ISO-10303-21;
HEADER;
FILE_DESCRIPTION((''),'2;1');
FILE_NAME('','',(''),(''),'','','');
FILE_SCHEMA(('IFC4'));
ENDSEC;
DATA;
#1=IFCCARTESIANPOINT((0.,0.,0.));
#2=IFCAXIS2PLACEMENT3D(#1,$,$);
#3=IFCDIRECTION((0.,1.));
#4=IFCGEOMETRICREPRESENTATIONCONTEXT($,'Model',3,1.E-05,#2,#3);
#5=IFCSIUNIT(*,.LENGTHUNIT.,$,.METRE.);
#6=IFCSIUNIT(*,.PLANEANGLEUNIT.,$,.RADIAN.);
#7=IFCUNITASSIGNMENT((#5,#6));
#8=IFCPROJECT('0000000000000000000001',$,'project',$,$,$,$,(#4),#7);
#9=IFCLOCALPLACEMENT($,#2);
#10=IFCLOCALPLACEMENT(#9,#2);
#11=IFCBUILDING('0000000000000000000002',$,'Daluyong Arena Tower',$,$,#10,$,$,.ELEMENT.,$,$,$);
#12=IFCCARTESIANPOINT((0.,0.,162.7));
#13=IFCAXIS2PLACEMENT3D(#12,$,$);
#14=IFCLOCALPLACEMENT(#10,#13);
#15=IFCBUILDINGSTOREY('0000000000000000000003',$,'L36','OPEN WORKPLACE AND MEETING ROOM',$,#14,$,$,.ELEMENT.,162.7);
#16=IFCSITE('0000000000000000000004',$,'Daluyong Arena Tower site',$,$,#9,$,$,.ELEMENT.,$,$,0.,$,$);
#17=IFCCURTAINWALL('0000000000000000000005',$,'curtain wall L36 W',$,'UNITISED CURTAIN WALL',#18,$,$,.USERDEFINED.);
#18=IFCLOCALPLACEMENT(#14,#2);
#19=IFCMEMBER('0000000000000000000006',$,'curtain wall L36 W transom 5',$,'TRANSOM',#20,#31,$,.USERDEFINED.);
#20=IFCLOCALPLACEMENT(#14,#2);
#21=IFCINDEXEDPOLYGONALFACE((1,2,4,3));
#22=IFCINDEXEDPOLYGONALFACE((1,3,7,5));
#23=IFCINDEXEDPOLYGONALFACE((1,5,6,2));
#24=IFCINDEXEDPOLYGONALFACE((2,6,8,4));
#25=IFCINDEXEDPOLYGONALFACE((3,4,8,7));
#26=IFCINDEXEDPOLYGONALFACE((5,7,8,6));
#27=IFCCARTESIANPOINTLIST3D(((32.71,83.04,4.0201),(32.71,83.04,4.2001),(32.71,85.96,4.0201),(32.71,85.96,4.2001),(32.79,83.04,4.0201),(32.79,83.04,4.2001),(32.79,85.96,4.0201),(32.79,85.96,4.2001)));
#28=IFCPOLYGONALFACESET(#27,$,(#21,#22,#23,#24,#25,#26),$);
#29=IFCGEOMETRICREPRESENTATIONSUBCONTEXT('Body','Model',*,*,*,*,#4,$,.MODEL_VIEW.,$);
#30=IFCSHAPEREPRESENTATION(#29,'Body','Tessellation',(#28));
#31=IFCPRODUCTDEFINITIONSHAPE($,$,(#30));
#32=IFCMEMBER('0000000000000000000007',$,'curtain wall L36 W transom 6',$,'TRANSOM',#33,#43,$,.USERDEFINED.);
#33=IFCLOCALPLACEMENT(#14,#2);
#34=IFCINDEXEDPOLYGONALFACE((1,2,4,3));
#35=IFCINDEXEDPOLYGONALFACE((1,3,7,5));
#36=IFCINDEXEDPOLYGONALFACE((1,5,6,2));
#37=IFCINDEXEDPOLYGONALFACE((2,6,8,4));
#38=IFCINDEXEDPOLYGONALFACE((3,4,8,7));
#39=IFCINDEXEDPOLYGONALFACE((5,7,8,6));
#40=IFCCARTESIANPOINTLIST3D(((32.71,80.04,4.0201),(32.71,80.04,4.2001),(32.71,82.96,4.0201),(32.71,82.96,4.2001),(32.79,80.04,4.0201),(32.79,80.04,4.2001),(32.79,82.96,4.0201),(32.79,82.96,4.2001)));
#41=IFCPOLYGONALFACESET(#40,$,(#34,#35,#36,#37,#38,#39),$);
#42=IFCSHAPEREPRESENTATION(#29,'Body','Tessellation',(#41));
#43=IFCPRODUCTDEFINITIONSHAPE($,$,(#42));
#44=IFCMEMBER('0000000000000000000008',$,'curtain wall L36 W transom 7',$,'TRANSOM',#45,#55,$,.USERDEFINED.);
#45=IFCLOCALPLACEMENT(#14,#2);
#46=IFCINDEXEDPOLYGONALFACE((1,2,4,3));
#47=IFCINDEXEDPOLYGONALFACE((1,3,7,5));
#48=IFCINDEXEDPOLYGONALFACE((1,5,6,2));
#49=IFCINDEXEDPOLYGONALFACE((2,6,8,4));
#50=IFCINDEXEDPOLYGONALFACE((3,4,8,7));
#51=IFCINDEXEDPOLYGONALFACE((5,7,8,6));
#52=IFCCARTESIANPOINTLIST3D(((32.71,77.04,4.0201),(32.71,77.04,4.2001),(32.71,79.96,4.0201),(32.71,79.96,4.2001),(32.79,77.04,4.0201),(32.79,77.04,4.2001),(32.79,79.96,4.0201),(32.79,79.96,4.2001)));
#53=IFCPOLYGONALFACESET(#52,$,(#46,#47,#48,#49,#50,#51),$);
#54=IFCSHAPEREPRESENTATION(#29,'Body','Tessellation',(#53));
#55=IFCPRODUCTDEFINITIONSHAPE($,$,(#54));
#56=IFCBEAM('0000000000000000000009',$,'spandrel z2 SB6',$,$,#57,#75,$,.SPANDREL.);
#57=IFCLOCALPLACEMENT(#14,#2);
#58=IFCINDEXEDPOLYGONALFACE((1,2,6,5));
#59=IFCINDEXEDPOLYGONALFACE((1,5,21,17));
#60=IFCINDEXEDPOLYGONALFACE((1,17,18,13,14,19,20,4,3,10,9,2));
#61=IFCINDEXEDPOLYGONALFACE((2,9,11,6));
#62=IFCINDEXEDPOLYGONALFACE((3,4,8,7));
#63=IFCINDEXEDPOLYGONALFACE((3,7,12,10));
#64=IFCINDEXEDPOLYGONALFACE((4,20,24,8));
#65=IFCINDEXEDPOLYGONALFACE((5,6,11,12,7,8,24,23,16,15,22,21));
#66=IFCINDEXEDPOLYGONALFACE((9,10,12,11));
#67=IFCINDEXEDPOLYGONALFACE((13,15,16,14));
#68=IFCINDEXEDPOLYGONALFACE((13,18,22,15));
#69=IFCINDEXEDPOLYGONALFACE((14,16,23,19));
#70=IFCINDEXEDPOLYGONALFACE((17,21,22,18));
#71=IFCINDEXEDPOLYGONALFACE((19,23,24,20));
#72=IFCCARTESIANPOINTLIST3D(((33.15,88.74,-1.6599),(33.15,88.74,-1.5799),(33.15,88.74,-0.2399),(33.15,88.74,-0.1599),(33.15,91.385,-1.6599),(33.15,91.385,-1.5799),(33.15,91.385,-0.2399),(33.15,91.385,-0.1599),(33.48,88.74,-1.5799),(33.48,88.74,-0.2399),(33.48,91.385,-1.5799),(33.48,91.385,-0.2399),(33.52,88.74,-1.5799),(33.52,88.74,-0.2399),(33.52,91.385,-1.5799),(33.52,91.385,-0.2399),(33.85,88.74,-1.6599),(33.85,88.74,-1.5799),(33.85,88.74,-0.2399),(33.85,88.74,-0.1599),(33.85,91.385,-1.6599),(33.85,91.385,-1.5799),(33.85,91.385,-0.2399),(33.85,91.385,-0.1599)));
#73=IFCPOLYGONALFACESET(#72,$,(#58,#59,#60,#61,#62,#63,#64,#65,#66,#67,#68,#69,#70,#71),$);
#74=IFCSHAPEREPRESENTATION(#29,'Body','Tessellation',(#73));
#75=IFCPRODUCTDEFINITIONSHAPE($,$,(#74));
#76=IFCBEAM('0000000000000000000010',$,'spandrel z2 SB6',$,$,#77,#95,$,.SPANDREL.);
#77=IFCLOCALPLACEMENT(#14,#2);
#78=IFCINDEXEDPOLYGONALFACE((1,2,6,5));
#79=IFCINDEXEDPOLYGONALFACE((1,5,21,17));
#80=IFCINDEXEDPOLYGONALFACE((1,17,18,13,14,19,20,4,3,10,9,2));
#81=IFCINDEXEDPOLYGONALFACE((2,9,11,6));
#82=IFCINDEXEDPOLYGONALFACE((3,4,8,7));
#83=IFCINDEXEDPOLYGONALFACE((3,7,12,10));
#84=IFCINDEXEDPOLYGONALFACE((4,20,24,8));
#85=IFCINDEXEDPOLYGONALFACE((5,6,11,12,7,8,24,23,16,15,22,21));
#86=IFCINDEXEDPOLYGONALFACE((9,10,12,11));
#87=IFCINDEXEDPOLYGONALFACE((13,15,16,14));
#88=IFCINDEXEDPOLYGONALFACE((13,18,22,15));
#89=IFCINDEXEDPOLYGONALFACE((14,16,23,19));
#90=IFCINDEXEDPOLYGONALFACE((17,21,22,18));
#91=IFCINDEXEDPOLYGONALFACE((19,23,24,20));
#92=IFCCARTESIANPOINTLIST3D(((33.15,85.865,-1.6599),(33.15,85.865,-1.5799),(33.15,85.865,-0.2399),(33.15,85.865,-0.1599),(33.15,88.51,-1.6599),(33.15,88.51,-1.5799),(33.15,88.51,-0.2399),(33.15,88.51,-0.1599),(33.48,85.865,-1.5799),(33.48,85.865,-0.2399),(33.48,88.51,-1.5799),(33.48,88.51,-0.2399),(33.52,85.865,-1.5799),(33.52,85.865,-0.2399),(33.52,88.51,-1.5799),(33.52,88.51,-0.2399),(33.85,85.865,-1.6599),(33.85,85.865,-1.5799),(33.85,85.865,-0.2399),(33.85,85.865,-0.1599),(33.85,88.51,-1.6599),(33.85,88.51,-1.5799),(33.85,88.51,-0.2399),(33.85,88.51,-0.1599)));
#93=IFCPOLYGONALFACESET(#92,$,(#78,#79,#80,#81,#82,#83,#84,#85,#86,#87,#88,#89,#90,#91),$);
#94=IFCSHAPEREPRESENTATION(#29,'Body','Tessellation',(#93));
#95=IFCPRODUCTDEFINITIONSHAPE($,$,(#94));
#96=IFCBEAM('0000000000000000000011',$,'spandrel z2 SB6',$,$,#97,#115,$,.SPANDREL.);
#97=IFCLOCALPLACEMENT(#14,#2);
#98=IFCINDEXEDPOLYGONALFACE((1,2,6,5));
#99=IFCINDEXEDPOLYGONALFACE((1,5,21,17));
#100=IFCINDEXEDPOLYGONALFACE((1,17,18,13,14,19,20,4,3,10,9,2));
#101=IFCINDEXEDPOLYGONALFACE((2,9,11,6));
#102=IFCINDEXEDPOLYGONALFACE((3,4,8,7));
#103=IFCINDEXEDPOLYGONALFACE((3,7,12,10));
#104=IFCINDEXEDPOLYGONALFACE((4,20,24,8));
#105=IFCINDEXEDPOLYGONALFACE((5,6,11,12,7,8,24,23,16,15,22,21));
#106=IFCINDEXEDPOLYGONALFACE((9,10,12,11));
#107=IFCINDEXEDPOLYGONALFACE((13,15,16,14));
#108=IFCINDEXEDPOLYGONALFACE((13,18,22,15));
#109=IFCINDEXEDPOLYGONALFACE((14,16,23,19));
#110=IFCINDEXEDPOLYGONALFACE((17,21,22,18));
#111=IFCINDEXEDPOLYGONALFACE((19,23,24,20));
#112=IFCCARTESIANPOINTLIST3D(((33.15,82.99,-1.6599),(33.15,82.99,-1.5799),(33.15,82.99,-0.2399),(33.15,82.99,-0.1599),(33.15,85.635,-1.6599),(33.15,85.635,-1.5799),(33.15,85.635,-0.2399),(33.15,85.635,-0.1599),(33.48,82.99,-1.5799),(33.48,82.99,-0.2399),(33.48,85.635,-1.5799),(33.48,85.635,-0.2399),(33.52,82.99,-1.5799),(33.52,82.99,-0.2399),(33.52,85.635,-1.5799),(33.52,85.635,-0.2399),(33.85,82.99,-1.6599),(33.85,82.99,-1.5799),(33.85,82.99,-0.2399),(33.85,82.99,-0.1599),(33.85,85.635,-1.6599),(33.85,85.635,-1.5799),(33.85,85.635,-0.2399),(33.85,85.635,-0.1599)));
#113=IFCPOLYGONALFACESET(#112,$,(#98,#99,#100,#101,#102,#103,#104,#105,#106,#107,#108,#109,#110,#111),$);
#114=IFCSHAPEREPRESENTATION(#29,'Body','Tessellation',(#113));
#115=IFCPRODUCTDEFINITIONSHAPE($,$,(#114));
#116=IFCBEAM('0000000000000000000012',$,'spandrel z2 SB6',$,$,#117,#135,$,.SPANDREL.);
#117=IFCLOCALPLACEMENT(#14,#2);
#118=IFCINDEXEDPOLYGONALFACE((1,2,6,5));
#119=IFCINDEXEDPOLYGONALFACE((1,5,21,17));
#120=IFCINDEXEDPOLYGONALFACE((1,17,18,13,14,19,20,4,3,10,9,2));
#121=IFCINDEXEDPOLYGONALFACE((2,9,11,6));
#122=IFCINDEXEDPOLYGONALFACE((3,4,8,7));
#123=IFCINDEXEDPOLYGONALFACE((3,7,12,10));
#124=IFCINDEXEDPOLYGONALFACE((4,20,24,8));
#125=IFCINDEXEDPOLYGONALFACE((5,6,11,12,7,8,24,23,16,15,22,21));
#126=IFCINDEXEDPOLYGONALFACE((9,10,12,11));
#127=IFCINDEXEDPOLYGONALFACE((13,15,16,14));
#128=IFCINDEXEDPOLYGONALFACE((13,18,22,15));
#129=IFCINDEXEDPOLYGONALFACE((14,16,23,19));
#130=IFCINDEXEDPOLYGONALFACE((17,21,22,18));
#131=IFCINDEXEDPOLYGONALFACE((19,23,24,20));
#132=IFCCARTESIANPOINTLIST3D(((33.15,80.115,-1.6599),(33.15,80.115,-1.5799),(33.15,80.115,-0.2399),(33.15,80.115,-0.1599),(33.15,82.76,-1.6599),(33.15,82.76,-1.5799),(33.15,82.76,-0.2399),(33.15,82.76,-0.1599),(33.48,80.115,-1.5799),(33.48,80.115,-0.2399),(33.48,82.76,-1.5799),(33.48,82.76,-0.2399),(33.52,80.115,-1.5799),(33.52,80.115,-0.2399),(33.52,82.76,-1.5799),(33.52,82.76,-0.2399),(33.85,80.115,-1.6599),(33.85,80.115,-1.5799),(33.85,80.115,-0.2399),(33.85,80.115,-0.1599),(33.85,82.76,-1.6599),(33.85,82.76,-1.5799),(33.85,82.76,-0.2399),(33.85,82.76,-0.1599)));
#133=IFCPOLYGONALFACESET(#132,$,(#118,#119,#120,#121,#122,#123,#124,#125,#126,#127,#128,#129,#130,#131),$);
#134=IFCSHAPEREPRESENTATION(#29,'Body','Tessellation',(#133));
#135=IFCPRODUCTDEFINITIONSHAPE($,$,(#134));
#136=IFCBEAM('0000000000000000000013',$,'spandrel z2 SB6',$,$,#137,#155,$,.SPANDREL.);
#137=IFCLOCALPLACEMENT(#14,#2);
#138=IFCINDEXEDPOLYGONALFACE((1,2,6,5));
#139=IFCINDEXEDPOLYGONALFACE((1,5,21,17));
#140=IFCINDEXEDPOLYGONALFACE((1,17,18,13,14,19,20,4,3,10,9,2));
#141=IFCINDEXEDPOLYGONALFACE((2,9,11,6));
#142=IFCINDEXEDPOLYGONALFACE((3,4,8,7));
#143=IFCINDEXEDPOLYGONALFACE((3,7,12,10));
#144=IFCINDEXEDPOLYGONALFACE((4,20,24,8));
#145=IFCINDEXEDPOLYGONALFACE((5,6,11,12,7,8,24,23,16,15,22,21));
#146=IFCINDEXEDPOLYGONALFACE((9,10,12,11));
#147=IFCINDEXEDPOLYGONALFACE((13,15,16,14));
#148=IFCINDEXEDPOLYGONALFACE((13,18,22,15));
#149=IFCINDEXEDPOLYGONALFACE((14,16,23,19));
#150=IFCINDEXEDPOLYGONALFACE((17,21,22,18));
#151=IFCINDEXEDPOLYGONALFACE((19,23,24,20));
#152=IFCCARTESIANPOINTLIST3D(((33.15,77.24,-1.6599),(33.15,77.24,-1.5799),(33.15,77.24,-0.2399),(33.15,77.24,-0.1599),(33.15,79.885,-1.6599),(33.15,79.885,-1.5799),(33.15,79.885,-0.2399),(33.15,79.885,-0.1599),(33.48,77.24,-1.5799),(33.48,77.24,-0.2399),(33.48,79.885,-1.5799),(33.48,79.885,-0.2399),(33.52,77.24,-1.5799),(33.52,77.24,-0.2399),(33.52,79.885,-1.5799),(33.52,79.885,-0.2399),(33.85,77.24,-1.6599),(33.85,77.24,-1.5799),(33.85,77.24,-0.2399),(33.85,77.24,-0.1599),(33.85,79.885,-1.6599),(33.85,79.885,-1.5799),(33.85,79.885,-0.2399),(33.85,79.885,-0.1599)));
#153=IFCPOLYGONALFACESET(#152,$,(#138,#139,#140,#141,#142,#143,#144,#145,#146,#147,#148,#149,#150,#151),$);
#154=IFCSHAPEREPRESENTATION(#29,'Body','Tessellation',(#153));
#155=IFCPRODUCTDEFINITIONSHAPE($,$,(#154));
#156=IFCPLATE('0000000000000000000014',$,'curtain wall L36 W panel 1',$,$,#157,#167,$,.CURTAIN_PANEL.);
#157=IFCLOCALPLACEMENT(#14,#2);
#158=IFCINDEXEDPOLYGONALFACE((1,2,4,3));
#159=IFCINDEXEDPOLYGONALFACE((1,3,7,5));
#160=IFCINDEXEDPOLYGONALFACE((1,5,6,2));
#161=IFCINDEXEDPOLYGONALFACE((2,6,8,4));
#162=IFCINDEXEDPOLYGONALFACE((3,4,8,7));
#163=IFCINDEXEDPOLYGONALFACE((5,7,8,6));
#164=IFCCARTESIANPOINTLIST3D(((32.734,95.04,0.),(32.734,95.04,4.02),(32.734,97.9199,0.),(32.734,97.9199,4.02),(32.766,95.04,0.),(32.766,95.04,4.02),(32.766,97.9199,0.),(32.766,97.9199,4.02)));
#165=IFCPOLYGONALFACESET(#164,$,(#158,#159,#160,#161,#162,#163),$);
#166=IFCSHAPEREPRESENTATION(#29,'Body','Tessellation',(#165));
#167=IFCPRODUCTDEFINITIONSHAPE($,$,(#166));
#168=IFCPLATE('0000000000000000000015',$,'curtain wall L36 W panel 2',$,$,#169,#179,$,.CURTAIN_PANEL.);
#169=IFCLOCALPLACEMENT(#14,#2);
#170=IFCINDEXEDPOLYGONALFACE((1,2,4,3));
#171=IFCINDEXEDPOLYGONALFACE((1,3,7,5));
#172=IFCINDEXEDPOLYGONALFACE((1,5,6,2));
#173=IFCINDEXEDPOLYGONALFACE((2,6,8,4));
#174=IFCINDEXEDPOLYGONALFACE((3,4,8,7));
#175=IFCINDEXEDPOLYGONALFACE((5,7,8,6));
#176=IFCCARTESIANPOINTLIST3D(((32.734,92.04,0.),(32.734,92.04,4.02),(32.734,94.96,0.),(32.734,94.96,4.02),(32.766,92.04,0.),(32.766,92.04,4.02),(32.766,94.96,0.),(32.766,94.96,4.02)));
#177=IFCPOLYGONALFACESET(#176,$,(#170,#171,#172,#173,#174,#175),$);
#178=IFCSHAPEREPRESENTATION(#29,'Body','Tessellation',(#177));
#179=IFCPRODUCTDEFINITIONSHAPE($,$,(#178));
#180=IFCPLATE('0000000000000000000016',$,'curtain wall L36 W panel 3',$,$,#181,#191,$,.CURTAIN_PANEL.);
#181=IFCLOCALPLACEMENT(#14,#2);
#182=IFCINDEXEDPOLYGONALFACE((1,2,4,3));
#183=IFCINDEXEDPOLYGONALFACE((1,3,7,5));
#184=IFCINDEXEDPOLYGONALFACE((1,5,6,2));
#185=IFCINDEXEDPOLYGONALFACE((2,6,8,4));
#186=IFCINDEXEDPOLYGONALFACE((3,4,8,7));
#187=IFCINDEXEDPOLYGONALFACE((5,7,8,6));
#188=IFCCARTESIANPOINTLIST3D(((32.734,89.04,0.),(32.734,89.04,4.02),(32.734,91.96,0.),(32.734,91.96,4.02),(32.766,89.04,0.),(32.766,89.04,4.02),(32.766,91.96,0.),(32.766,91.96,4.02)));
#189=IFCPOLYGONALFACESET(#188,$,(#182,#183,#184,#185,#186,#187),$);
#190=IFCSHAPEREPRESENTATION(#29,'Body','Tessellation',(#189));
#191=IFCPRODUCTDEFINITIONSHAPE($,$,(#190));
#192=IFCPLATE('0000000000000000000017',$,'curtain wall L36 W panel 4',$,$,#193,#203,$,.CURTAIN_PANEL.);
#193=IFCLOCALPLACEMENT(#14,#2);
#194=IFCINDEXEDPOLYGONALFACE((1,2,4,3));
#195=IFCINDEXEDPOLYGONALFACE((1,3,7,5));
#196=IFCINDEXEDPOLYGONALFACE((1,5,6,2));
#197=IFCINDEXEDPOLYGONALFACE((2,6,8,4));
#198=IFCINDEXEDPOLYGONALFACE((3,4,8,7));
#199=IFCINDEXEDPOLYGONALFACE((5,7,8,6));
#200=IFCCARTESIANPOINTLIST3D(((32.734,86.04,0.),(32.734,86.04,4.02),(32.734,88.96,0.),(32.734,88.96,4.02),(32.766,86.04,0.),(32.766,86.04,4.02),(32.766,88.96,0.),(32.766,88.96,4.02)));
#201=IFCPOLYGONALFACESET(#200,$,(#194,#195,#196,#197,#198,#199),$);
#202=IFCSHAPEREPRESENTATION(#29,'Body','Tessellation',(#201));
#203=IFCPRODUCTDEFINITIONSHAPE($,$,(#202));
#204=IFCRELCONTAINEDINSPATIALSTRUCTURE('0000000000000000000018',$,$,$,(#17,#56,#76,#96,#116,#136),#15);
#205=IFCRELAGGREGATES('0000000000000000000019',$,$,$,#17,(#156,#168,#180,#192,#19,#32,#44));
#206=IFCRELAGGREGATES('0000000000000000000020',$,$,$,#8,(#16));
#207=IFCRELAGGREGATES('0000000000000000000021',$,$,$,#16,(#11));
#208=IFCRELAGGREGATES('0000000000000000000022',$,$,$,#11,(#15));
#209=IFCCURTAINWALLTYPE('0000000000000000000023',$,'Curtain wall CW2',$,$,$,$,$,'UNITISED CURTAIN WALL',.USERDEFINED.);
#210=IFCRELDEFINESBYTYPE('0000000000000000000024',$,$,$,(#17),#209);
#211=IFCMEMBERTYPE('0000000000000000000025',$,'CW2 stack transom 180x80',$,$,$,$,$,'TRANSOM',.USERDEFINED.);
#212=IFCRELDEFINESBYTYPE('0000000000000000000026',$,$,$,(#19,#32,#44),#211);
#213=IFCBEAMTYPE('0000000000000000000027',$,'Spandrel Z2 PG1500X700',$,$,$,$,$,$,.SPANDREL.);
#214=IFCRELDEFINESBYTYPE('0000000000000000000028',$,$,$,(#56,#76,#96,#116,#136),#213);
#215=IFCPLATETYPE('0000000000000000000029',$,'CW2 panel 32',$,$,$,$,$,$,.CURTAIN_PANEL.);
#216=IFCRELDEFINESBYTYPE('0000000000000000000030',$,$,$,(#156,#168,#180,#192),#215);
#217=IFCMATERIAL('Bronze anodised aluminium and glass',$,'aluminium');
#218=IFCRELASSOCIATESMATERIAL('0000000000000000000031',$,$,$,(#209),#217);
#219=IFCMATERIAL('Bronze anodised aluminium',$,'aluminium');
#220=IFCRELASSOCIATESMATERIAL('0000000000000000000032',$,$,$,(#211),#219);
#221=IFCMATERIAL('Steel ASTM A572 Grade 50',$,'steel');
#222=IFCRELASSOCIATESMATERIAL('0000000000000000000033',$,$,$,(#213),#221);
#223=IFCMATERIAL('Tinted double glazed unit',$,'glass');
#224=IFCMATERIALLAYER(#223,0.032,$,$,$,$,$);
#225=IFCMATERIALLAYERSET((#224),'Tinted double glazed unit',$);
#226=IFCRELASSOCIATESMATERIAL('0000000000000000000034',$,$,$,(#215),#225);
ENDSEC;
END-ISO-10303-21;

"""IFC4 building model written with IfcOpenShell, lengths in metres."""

from ifc_helpers import new_model, si_unit, direction, frame, origin, origin_2d, place, context, subcontext, project, spatial, rectangle, i_section, extrude, material, layer, layer_set, material_profile, profile_set, type_object, element, aggregate, save


model = new_model("IFC4")

# Units and contexts
model_context = context("Model", 3, precision=1e-05, world=origin(), true_north=direction((0.0, 1.0)))
body_context = subcontext(model_context, "Body", "Model", "MODEL_VIEW")
ifc_project = project(units=[si_unit("LENGTHUNIT", "METRE"), si_unit("PLANEANGLEUNIT", "RADIAN")], contexts=[model_context])

# Site, building, storey
site_placement = place(None, origin())
site = spatial("IfcSite", under=ifc_project, at=site_placement, Name="Daluyong Arena Tower site", CompositionType="ELEMENT", RefElevation=0.0)
building_placement = place(site_placement, origin())
building = spatial("IfcBuilding", under=site, at=building_placement, Name="Daluyong Arena Tower", CompositionType="ELEMENT")
storey_placement = place(building_placement, frame((0.0, 0.0, 162.7)))
storey = spatial("IfcBuildingStorey", under=building, at=storey_placement, Name="L36", Description="OPEN WORKPLACE AND MEETING ROOM", CompositionType="ELEMENT", Elevation=162.7)

# Curtain wall, members
ifc_material_1 = material(Name="Bronze anodised aluminium and glass", Category="aluminium")
curtain_wall_type = type_object("IfcCurtainWallType", Name="Curtain wall CW2", ElementType="UNITISED CURTAIN WALL", PredefinedType="USERDEFINED", material=ifc_material_1)
curtain_wall_placement = place(storey_placement, origin())
curtain_wall = element("IfcCurtainWall", 1, at=curtain_wall_placement, inside=storey, type_object=curtain_wall_type, Name="curtain wall L36 W", ObjectType="UNITISED CURTAIN WALL", PredefinedType="USERDEFINED")
ifc_material_2 = material(Name="Bronze anodised aluminium", Category="aluminium")
ifc_material_profile_1 = material_profile(ifc_material_2, rectangle(XDim=0.0801, YDim=0.1799, at=origin_2d()))
ifc_profile_set_1 = profile_set([ifc_material_profile_1], Name="Bronze anodised aluminium")
member_type_1 = type_object("IfcMemberType", Name="CW2 stack transom 180x80", ElementType="TRANSOM", PredefinedType="USERDEFINED", material=ifc_profile_set_1)
member_1_placement = place(storey_placement, frame((32.75, 85.96, 4.1101), z_axis=(0.0, -1.0, 0.0), x_axis=(1.0, 0.0, 0.0)))
member_1 = element("IfcMember", 2, at=member_1_placement, type_object=member_type_1, Name="curtain wall L36 W transom 5", ObjectType="TRANSOM", PredefinedType="USERDEFINED", context=body_context, shape_type="SweptSolid", body=[
    extrude(rectangle(XDim=0.0801, YDim=0.1799, at=origin_2d()), origin(), (0.0, 0.0, 1.0), 2.9199),
])
member_2_placement = place(storey_placement, frame((32.75, 82.96, 4.1101), z_axis=(0.0, -1.0, 0.0), x_axis=(1.0, 0.0, 0.0)))
member_2 = element("IfcMember", 3, at=member_2_placement, type_object=member_type_1, Name="curtain wall L36 W transom 6", ObjectType="TRANSOM", PredefinedType="USERDEFINED", context=body_context, shape_type="SweptSolid", body=[
    extrude(rectangle(XDim=0.0801, YDim=0.1799, at=origin_2d()), origin(), (0.0, 0.0, 1.0), 2.9199),
])
member_3_placement = place(storey_placement, frame((32.75, 79.96, 4.1101), z_axis=(0.0, -1.0, 0.0), x_axis=(1.0, 0.0, 0.0)))
member_3 = element("IfcMember", 4, at=member_3_placement, type_object=member_type_1, Name="curtain wall L36 W transom 7", ObjectType="TRANSOM", PredefinedType="USERDEFINED", context=body_context, shape_type="SweptSolid", body=[
    extrude(rectangle(XDim=0.0801, YDim=0.1799, at=origin_2d()), origin(), (0.0, 0.0, 1.0), 2.9199),
])

# Beams
ifc_material_3 = material(Name="Steel ASTM A572 Grade 50", Category="steel")
ifc_material_profile_2 = material_profile(ifc_material_3, i_section(OverallWidth=0.7, OverallDepth=1.5, WebThickness=0.04, FlangeThickness=0.08, at=origin_2d()))
ifc_profile_set_2 = profile_set([ifc_material_profile_2], Name="Steel ASTM A572 Grade 50")
beam_type = type_object("IfcBeamType", Name="Spandrel Z2 PG1500X700", PredefinedType="SPANDREL", material=ifc_profile_set_2)
for number, where, z_axis, x_axis, name in (
    (5, (33.5, 91.385, -0.9099), (0.0, -1.0, 0.0), (1.0, 0.0, 0.0), "spandrel z2 SB6"),
    (6, (33.5, 88.51, -0.9099), (0.0, -1.0, 0.0), (1.0, 0.0, 0.0), "spandrel z2 SB6"),
    (7, (33.5, 85.635, -0.9099), (0.0, -1.0, 0.0), (1.0, 0.0, 0.0), "spandrel z2 SB6"),
    (8, (33.5, 82.76, -0.9099), (0.0, -1.0, 0.0), (1.0, 0.0, 0.0), "spandrel z2 SB6"),
    (9, (33.5, 79.885, -0.9099), (0.0, -1.0, 0.0), (1.0, 0.0, 0.0), "spandrel z2 SB6"),
):
    element("IfcBeam", number, at=place(storey_placement, frame(where, z_axis=z_axis, x_axis=x_axis)), inside=storey, type_object=beam_type, Name=name, PredefinedType="SPANDREL", context=body_context, shape_type="SweptSolid", body=[
        extrude(i_section(OverallWidth=0.7, OverallDepth=1.5, WebThickness=0.04, FlangeThickness=0.08, at=origin_2d()), origin(), (0.0, 0.0, 1.0), 2.645),
    ])

# Plates
ifc_material_4 = material(Name="Tinted double glazed unit", Category="glass")
ifc_layer = layer(ifc_material_4, 0.032)
ifc_layer_set = layer_set([ifc_layer], Name="Tinted double glazed unit")
plate_type = type_object("IfcPlateType", Name="CW2 panel 32", PredefinedType="CURTAIN_PANEL", material=ifc_layer_set)
plate_1_placement = place(storey_placement, frame((32.75, 96.48, 0.0), z_axis=(0.0, 0.0, 1.0), x_axis=(0.0, -1.0, 0.0)))
plate_1 = element("IfcPlate", 10, at=plate_1_placement, type_object=plate_type, Name="curtain wall L36 W panel 1", PredefinedType="CURTAIN_PANEL", context=body_context, shape_type="SweptSolid", body=[
    extrude(rectangle(XDim=2.8799, YDim=0.032, at=origin_2d()), origin(), (0.0, 0.0, 1.0), 4.02),
])
plate_2_placement = place(storey_placement, frame((32.75, 93.5, 0.0), z_axis=(0.0, 0.0, 1.0), x_axis=(0.0, -1.0, 0.0)))
plate_2 = element("IfcPlate", 11, at=plate_2_placement, type_object=plate_type, Name="curtain wall L36 W panel 2", PredefinedType="CURTAIN_PANEL", context=body_context, shape_type="SweptSolid", body=[
    extrude(rectangle(XDim=2.9199, YDim=0.032, at=origin_2d()), origin(), (0.0, 0.0, 1.0), 4.02),
])
plate_3_placement = place(storey_placement, frame((32.75, 90.5, 0.0), z_axis=(0.0, 0.0, 1.0), x_axis=(0.0, -1.0, 0.0)))
plate_3 = element("IfcPlate", 12, at=plate_3_placement, type_object=plate_type, Name="curtain wall L36 W panel 3", PredefinedType="CURTAIN_PANEL", context=body_context, shape_type="SweptSolid", body=[
    extrude(rectangle(XDim=2.9199, YDim=0.032, at=origin_2d()), origin(), (0.0, 0.0, 1.0), 4.02),
])
plate_4_placement = place(storey_placement, frame((32.75, 87.5, 0.0), z_axis=(0.0, 0.0, 1.0), x_axis=(0.0, -1.0, 0.0)))
plate_4 = element("IfcPlate", 13, at=plate_4_placement, type_object=plate_type, Name="curtain wall L36 W panel 4", PredefinedType="CURTAIN_PANEL", context=body_context, shape_type="SweptSolid", body=[
    extrude(rectangle(XDim=2.9199, YDim=0.032, at=origin_2d()), origin(), (0.0, 0.0, 1.0), 4.02),
])
aggregate(curtain_wall, [plate_1, plate_2, plate_3, plate_4, member_1, member_2, member_3])

save(model, "model.ifc")
